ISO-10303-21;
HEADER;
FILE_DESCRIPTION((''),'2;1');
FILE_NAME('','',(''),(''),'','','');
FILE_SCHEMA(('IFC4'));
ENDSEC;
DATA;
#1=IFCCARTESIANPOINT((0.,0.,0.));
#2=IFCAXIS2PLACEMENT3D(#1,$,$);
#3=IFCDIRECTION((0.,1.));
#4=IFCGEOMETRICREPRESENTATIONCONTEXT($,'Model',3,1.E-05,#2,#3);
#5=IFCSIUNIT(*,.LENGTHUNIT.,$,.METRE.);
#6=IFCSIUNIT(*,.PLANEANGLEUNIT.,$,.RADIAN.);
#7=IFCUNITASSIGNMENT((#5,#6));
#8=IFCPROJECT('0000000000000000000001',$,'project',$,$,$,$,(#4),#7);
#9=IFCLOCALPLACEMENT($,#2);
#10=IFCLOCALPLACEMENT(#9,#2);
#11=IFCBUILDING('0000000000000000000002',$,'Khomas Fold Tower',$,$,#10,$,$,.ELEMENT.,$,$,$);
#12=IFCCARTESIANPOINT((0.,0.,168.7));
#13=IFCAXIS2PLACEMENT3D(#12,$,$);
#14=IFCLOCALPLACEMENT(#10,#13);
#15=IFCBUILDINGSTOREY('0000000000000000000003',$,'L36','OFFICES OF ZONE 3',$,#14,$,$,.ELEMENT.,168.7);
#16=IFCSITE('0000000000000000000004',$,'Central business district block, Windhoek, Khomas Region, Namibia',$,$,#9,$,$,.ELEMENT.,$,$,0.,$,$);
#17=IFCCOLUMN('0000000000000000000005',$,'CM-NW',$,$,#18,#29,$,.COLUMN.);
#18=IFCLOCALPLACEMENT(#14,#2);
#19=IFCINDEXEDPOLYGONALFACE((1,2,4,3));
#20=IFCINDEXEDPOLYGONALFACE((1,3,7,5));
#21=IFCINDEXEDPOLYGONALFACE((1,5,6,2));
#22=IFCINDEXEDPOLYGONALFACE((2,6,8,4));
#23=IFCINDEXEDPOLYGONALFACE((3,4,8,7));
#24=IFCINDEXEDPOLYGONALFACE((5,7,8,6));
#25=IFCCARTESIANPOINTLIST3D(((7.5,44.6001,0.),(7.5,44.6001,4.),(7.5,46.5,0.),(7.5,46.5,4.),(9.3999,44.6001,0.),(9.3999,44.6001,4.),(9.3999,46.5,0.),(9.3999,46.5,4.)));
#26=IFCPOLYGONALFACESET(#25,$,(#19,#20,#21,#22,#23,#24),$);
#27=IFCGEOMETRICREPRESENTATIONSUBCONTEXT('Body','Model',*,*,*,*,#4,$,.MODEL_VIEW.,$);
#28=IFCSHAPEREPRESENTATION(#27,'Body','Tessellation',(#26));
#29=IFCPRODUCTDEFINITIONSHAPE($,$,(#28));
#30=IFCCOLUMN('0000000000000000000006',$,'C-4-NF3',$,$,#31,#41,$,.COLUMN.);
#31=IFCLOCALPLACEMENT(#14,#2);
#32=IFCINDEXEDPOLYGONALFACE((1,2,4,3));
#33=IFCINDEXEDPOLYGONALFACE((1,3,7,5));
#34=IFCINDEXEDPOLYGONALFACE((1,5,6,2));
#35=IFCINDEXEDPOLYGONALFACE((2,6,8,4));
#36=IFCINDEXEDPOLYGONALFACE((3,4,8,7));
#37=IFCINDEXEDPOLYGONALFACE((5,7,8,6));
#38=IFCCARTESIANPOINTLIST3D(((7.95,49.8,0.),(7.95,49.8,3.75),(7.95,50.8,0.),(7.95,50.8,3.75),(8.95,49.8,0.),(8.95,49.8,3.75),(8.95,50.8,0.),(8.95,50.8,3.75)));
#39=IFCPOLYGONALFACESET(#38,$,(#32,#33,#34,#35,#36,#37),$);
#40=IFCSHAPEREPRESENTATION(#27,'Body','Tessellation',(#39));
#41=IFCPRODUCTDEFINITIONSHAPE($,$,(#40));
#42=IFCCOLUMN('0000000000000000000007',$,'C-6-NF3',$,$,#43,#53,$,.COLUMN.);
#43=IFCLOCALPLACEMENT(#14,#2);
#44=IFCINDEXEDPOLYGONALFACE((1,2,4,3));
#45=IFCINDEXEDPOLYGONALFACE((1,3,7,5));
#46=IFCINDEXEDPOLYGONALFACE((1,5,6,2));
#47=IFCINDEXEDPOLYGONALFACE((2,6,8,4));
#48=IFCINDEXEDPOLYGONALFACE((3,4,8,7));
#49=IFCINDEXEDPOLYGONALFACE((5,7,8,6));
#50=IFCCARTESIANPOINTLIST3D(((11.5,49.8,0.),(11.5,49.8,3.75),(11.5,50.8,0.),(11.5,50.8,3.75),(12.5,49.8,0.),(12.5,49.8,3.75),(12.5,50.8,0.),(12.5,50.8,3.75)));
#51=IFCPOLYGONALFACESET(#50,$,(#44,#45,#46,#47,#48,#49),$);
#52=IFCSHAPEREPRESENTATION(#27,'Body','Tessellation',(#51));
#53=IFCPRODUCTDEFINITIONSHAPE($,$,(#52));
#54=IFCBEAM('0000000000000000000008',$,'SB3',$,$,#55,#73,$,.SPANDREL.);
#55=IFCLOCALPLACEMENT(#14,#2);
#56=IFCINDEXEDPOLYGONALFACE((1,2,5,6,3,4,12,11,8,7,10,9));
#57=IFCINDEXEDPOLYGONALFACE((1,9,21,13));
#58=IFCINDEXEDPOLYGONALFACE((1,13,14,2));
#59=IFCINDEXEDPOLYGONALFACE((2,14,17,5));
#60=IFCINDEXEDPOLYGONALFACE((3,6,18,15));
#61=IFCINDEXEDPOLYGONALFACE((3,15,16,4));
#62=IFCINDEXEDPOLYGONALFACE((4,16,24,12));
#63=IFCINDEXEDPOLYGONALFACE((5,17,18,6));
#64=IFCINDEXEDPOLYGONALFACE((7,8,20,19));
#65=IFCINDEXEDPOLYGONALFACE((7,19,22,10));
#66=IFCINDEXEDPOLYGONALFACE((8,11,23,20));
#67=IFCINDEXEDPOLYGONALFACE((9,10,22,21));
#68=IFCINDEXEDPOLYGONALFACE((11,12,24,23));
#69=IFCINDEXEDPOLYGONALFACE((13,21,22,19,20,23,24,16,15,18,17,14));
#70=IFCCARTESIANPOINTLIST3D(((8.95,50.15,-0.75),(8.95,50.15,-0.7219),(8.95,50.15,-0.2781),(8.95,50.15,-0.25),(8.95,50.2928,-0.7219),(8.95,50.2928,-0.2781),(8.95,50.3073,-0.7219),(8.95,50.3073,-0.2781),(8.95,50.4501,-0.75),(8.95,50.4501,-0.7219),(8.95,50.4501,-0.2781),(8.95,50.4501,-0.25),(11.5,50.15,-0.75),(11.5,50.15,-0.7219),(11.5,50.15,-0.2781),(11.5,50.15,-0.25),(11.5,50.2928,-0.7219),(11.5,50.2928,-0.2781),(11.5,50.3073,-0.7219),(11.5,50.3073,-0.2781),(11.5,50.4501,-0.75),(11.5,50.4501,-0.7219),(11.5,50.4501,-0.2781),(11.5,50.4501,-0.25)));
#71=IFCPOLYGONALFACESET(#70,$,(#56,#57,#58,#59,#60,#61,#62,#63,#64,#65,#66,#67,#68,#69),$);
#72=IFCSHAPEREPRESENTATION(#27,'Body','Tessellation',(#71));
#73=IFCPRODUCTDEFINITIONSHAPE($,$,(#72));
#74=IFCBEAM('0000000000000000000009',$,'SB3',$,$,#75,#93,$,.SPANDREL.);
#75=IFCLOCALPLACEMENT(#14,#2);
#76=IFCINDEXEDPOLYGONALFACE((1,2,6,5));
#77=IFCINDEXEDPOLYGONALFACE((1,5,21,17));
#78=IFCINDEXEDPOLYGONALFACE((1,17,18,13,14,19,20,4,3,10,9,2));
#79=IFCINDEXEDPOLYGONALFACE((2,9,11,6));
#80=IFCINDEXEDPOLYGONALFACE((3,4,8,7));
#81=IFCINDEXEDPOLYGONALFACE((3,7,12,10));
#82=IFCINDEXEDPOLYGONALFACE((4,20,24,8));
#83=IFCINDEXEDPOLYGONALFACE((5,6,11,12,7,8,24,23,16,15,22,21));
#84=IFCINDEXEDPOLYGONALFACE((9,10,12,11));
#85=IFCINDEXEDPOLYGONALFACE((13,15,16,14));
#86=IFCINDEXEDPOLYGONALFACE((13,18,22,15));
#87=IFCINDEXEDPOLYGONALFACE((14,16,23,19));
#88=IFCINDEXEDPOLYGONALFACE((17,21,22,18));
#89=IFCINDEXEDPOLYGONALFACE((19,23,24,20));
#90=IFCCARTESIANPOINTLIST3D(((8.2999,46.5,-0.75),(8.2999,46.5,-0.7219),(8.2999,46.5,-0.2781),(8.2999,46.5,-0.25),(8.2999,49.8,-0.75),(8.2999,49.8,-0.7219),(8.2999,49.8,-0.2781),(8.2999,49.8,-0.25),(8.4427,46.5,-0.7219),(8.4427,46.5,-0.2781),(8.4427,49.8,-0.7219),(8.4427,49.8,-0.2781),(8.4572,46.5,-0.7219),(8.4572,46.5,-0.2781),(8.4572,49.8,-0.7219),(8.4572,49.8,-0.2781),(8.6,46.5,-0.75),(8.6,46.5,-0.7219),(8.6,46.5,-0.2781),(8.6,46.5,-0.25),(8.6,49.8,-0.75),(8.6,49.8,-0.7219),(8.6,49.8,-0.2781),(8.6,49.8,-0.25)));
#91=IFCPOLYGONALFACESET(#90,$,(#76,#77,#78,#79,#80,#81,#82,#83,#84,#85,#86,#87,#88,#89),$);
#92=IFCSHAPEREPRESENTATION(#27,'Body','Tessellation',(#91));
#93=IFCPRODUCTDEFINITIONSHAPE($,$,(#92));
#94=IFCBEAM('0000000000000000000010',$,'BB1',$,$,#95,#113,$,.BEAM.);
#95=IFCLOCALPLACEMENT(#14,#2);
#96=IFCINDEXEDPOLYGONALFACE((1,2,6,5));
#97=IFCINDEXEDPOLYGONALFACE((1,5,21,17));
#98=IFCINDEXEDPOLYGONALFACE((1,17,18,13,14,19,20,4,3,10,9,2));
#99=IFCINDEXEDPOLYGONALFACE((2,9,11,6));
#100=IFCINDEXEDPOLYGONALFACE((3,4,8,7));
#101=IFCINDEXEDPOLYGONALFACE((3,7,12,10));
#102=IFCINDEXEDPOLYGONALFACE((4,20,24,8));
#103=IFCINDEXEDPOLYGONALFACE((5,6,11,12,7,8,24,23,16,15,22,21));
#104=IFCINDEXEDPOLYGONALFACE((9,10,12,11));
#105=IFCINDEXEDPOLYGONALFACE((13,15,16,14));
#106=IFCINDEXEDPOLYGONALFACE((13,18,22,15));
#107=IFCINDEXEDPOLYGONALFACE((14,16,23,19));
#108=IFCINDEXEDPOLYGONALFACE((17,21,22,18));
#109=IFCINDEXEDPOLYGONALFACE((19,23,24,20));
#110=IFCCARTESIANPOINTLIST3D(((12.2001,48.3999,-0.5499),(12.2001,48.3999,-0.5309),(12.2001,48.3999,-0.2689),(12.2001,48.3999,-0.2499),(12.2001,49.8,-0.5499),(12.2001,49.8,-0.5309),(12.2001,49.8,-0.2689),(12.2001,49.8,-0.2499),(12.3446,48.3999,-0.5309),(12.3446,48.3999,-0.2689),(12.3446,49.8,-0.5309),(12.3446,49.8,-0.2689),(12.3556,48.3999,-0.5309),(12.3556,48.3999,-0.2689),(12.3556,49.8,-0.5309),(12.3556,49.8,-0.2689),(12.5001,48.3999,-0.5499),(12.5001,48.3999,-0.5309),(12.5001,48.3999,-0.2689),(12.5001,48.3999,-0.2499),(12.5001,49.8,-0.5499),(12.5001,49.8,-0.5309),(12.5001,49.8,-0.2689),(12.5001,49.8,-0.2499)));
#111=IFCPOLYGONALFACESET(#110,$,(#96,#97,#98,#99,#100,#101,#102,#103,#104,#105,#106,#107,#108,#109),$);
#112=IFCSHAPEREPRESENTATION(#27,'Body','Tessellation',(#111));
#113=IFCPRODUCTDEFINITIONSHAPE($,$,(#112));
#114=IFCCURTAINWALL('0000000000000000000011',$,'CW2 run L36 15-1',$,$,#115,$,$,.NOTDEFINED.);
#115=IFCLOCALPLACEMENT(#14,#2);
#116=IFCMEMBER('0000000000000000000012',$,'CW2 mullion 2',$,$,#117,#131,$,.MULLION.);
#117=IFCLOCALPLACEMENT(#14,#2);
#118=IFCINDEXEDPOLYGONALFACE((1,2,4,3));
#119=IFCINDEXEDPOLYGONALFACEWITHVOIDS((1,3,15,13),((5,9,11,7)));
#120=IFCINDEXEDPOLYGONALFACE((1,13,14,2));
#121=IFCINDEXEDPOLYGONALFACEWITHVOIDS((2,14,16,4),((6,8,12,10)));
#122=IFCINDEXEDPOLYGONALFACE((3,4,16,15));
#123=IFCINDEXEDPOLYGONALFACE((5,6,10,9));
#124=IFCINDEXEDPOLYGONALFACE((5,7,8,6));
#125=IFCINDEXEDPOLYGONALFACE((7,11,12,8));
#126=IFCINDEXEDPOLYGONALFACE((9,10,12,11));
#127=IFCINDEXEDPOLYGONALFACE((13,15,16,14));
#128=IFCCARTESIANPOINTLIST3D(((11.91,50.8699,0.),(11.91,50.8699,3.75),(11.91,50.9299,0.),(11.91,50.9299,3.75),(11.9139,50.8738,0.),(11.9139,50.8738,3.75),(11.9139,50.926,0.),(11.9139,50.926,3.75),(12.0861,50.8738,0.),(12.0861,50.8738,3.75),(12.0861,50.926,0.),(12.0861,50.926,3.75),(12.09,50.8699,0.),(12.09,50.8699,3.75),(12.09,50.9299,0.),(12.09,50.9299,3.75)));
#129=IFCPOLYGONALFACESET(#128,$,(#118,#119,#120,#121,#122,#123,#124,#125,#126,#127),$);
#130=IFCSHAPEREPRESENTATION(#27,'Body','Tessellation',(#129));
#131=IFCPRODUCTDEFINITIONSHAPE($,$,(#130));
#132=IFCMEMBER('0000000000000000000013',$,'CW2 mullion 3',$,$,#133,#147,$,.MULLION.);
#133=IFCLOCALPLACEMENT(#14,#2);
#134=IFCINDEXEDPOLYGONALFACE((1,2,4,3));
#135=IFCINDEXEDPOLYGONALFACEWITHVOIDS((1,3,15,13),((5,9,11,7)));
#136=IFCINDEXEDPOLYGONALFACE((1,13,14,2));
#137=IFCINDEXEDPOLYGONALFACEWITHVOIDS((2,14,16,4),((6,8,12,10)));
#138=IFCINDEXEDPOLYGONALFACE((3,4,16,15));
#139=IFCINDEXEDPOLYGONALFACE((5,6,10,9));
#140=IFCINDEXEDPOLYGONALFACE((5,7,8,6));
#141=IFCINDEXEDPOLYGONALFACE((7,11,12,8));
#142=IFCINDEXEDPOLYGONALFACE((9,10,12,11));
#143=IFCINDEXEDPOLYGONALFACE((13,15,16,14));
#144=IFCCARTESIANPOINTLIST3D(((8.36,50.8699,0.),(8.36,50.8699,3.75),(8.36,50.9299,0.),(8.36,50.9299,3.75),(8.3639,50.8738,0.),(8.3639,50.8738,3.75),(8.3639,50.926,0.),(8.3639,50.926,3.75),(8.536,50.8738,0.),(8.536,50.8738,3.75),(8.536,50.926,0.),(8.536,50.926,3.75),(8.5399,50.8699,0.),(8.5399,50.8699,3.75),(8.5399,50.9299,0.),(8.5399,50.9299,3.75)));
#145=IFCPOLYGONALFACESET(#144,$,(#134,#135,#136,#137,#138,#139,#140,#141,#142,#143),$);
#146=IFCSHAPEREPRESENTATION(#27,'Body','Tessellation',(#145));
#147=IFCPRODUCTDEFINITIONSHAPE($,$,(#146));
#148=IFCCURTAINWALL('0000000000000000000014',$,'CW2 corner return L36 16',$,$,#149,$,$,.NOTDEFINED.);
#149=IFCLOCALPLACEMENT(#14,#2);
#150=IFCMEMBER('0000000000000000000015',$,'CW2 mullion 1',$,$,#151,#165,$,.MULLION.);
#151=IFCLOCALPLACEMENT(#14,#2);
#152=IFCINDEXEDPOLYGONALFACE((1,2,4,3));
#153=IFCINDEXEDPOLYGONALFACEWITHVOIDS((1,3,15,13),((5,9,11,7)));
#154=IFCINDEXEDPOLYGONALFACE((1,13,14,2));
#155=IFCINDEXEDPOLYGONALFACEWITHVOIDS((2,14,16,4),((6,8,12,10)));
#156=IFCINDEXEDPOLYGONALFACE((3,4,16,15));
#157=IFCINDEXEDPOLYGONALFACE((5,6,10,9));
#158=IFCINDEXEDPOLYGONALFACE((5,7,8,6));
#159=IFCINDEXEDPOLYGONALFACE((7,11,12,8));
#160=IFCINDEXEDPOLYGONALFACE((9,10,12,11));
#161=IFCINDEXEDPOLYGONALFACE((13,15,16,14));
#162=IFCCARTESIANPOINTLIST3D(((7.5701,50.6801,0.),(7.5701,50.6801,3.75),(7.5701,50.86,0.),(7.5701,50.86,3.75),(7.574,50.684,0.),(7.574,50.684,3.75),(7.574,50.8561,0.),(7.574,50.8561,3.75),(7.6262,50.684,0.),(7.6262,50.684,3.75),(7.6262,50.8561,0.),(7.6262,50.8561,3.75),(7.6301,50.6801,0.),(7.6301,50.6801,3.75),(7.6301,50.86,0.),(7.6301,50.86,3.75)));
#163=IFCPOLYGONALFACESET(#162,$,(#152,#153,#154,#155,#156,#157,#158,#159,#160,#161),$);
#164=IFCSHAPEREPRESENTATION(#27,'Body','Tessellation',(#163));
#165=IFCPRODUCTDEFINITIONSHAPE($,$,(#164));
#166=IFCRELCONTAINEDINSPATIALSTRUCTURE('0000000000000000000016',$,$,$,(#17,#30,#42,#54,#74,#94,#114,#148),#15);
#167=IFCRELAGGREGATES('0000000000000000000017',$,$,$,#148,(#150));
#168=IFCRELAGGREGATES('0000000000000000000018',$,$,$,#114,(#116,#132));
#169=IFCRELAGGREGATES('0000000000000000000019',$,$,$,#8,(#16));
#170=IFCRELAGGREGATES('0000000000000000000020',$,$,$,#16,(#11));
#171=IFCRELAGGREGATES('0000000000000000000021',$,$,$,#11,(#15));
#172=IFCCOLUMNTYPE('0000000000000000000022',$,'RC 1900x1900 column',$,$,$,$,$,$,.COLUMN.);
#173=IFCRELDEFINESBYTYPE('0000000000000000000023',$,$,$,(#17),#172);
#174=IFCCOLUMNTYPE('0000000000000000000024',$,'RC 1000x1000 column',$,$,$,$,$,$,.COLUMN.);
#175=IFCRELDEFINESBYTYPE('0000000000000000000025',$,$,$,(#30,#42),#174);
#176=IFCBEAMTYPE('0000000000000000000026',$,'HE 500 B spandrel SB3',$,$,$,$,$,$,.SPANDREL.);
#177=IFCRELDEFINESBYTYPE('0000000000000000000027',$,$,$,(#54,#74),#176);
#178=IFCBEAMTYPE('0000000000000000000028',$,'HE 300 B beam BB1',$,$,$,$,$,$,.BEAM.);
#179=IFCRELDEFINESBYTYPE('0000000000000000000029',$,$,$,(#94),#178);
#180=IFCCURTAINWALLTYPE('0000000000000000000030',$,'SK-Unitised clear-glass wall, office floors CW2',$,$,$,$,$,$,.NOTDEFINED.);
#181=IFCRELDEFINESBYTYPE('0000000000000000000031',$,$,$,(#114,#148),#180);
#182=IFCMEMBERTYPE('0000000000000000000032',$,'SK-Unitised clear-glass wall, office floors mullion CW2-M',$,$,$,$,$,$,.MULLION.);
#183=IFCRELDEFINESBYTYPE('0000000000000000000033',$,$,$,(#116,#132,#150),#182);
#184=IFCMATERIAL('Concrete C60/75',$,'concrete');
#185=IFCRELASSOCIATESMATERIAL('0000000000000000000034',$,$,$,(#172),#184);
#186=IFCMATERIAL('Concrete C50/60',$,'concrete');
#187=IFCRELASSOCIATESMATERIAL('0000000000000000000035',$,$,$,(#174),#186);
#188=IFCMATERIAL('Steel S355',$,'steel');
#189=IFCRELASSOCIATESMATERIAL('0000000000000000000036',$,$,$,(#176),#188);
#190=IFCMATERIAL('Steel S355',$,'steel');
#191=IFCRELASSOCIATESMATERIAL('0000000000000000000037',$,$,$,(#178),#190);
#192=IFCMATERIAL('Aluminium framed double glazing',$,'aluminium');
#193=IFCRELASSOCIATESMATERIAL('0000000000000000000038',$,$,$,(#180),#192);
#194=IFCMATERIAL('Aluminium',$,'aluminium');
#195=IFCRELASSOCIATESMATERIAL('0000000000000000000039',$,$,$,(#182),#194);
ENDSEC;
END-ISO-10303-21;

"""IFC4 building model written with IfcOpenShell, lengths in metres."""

from ifc_helpers import new_model, si_unit, direction, frame, origin, origin_2d, place, context, subcontext, project, spatial, rectangle, hollow_rectangle, i_section, extrude, source, transform, mapped, material, material_profile, profile_set, type_object, element, aggregate, save


model = new_model("IFC4")

# Units and contexts
model_context = context("Model", 3, precision=1e-05, world=origin(), true_north=direction((0.0, 1.0)))
body_context = subcontext(model_context, "Body", "Model", "MODEL_VIEW")
ifc_project = project(units=[si_unit("LENGTHUNIT", "METRE"), si_unit("PLANEANGLEUNIT", "RADIAN")], contexts=[model_context])

# Site, building, storey
site_placement = place(None, origin())
site = spatial("IfcSite", under=ifc_project, at=site_placement, Name="Central business district block, Windhoek, Khomas Region, Namibia", CompositionType="ELEMENT", RefElevation=0.0)
building_placement = place(site_placement, origin())
building = spatial("IfcBuilding", under=site, at=building_placement, Name="Khomas Fold Tower", CompositionType="ELEMENT")
storey_placement = place(building_placement, frame((0.0, 0.0, 168.7)))
storey = spatial("IfcBuildingStorey", under=building, at=storey_placement, Name="L36", Description="OFFICES OF ZONE 3", CompositionType="ELEMENT", Elevation=168.7)

# Columns
ifc_material_1 = material(Name="Concrete C60/75", Category="concrete")
ifc_material_profile_1 = material_profile(ifc_material_1, rectangle(XDim=1.8999, YDim=1.8999, at=origin_2d()), Name="RC 1900x1900")
ifc_profile_set_1 = profile_set([ifc_material_profile_1], Name="Concrete C60/75")
column_type_1 = type_object("IfcColumnType", Name="RC 1900x1900 column", PredefinedType="COLUMN", material=ifc_profile_set_1)
shared_shape_1 = source(origin(), body_context, "Body", "SweptSolid", [
    extrude(rectangle(XDim=1.8999, YDim=1.8999, at=origin_2d()), origin(), (0.0, 0.0, 1.0), 4.0),
])
column_placement = place(storey_placement, frame((8.45, 45.55, 0.0), z_axis=(0.0, 0.0, 1.0), x_axis=(1.0, 0.0, 0.0)))
element("IfcColumn", 1, at=column_placement, inside=storey, type_object=column_type_1, Name="CM-NW", PredefinedType="COLUMN", context=body_context, shape_type="MappedRepresentation", body=[
    mapped(shared_shape_1, transform((0.0, 0.0, 0.0))),
])
ifc_material_2 = material(Name="Concrete C50/60", Category="concrete")
ifc_material_profile_2 = material_profile(ifc_material_2, rectangle(XDim=1.0, YDim=1.0, at=origin_2d()), Name="RC 1000x1000")
ifc_profile_set_2 = profile_set([ifc_material_profile_2], Name="Concrete C50/60")
column_type_2 = type_object("IfcColumnType", Name="RC 1000x1000 column", PredefinedType="COLUMN", material=ifc_profile_set_2)
shared_shape_2 = source(origin(), body_context, "Body", "SweptSolid", [
    extrude(rectangle(XDim=1.0, YDim=1.0, at=origin_2d()), origin(), (0.0, 0.0, 1.0), 3.75),
])
for number, where, z_axis, x_axis, name in (
    (2, (8.45, 50.3, 0.0), (0.0, 0.0, 1.0), (1.0, 0.0, 0.0), "C-4-NF3"),
    (3, (12.0, 50.3, 0.0), (0.0, 0.0, 1.0), (1.0, 0.0, 0.0), "C-6-NF3"),
):
    element("IfcColumn", number, at=place(storey_placement, frame(where, z_axis=z_axis, x_axis=x_axis)), inside=storey, type_object=column_type_2, Name=name, PredefinedType="COLUMN", context=body_context, shape_type="MappedRepresentation", body=[
        mapped(shared_shape_2, transform((0.0, 0.0, 0.0))),
    ])

# Beams
ifc_material_3 = material(Name="Steel S355", Category="steel")
ifc_material_profile_3 = material_profile(ifc_material_3, i_section(OverallWidth=0.3, OverallDepth=0.5, WebThickness=0.0144, FlangeThickness=0.0281, at=origin_2d()), Name="HE 500 B")
ifc_profile_set_3 = profile_set([ifc_material_profile_3], Name="Steel S355")
beam_type_1 = type_object("IfcBeamType", Name="HE 500 B spandrel SB3", PredefinedType="SPANDREL", material=ifc_profile_set_3)
shared_shape_3 = source(origin(), body_context, "Body", "SweptSolid", [
    extrude(i_section(OverallWidth=0.3, OverallDepth=0.5, WebThickness=0.0144, FlangeThickness=0.0281, at=origin_2d()), origin(), (0.0, 0.0, 1.0), 2.55),
])
beam_1_placement = place(storey_placement, frame((8.95, 50.3, -0.5), z_axis=(1.0, 0.0, 0.0), x_axis=(0.0, 1.0, 0.0)))
element("IfcBeam", 4, at=beam_1_placement, inside=storey, type_object=beam_type_1, Name="SB3", PredefinedType="SPANDREL", context=body_context, shape_type="MappedRepresentation", body=[
    mapped(shared_shape_3, transform((0.0, 0.0, 0.0))),
])
shared_shape_4 = source(origin(), body_context, "Body", "SweptSolid", [
    extrude(i_section(OverallWidth=0.3, OverallDepth=0.5, WebThickness=0.0144, FlangeThickness=0.0281, at=origin_2d()), origin(), (0.0, 0.0, 1.0), 3.3),
])
beam_2_placement = place(storey_placement, frame((8.45, 46.5, -0.5), z_axis=(0.0, 1.0, 0.0), x_axis=(-1.0, 0.0, 0.0)))
element("IfcBeam", 5, at=beam_2_placement, inside=storey, type_object=beam_type_1, Name="SB3", PredefinedType="SPANDREL", context=body_context, shape_type="MappedRepresentation", body=[
    mapped(shared_shape_4, transform((0.0, 0.0, 0.0))),
])
ifc_material_4 = material(Name="Steel S355", Category="steel")
ifc_material_profile_4 = material_profile(ifc_material_4, i_section(OverallWidth=0.3, OverallDepth=0.3, WebThickness=0.011, FlangeThickness=0.019, at=origin_2d()), Name="HE 300 B")
ifc_profile_set_4 = profile_set([ifc_material_profile_4], Name="Steel S355")
beam_type_2 = type_object("IfcBeamType", Name="HE 300 B beam BB1", PredefinedType="BEAM", material=ifc_profile_set_4)
shared_shape_5 = source(origin(), body_context, "Body", "SweptSolid", [
    extrude(i_section(OverallWidth=0.3, OverallDepth=0.3, WebThickness=0.011, FlangeThickness=0.019, at=origin_2d()), origin(), (0.0, 0.0, 1.0), 1.4001),
])
beam_3_placement = place(storey_placement, frame((12.3501, 48.3999, -0.3999), z_axis=(0.0, 1.0, 0.0), x_axis=(-1.0, 0.0, 0.0)))
element("IfcBeam", 6, at=beam_3_placement, inside=storey, type_object=beam_type_2, Name="BB1", PredefinedType="BEAM", context=body_context, shape_type="MappedRepresentation", body=[
    mapped(shared_shape_5, transform((0.0, 0.0, 0.0))),
])

# Curtain wall, members
ifc_material_5 = material(Name="Aluminium framed double glazing", Category="aluminium")
curtain_wall_type = type_object("IfcCurtainWallType", Name="SK-Unitised clear-glass wall, office floors CW2", PredefinedType="NOTDEFINED", material=ifc_material_5)
curtain_wall_1_placement = place(storey_placement, origin())
curtain_wall_1 = element("IfcCurtainWall", 7, at=curtain_wall_1_placement, inside=storey, type_object=curtain_wall_type, Name="CW2 run L36 15-1", PredefinedType="NOTDEFINED")
ifc_material_6 = material(Name="Aluminium", Category="aluminium")
ifc_material_profile_5 = material_profile(ifc_material_6, hollow_rectangle(XDim=0.0601, YDim=0.1799, WallThickness=0.0039, at=origin_2d()), Name="SK-Unitised clear-glass wall, office floors mullion CW2-M")
ifc_profile_set_5 = profile_set([ifc_material_profile_5], Name="Aluminium")
member_type_1 = type_object("IfcMemberType", Name="SK-Unitised clear-glass wall, office floors mullion CW2-M", PredefinedType="MULLION", material=ifc_profile_set_5)
shared_shape_6 = source(origin(), body_context, "Body", "SweptSolid", [
    extrude(hollow_rectangle(XDim=0.0601, YDim=0.1799, WallThickness=0.0039, at=origin_2d()), origin(), (0.0, 0.0, 1.0), 3.75),
])
member_1_placement = place(storey_placement, frame((12.0, 50.8999, 0.0), z_axis=(0.0, 0.0, 1.0), x_axis=(0.0, -1.0, 0.0)))
member_1 = element("IfcMember", 8, at=member_1_placement, type_object=member_type_1, Name="CW2 mullion 2", PredefinedType="MULLION", context=body_context, shape_type="MappedRepresentation", body=[
    mapped(shared_shape_6, transform((0.0, 0.0, 0.0))),
])
member_2_placement = place(storey_placement, frame((8.45, 50.8999, 0.0), z_axis=(0.0, 0.0, 1.0), x_axis=(0.0, -1.0, 0.0)))
member_2 = element("IfcMember", 9, at=member_2_placement, type_object=member_type_1, Name="CW2 mullion 3", PredefinedType="MULLION", context=body_context, shape_type="MappedRepresentation", body=[
    mapped(shared_shape_6, transform((0.0, 0.0, 0.0))),
])

# Curtain wall, member
curtain_wall_2_placement = place(storey_placement, origin())
curtain_wall_2 = element("IfcCurtainWall", 10, at=curtain_wall_2_placement, inside=storey, type_object=curtain_wall_type, Name="CW2 corner return L36 16", PredefinedType="NOTDEFINED")
member_3_placement = place(storey_placement, frame((7.6001, 50.77, 0.0), z_axis=(0.0, 0.0, 1.0), x_axis=(1.0, 0.0, 0.0)))
member_3 = element("IfcMember", 11, at=member_3_placement, type_object=member_type_1, Name="CW2 mullion 1", PredefinedType="MULLION", context=body_context, shape_type="MappedRepresentation", body=[
    mapped(shared_shape_6, transform((0.0, 0.0, 0.0))),
])
aggregate(curtain_wall_2, [member_3])

aggregate(curtain_wall_1, [member_1, member_2])

save(model, "model.ifc")
